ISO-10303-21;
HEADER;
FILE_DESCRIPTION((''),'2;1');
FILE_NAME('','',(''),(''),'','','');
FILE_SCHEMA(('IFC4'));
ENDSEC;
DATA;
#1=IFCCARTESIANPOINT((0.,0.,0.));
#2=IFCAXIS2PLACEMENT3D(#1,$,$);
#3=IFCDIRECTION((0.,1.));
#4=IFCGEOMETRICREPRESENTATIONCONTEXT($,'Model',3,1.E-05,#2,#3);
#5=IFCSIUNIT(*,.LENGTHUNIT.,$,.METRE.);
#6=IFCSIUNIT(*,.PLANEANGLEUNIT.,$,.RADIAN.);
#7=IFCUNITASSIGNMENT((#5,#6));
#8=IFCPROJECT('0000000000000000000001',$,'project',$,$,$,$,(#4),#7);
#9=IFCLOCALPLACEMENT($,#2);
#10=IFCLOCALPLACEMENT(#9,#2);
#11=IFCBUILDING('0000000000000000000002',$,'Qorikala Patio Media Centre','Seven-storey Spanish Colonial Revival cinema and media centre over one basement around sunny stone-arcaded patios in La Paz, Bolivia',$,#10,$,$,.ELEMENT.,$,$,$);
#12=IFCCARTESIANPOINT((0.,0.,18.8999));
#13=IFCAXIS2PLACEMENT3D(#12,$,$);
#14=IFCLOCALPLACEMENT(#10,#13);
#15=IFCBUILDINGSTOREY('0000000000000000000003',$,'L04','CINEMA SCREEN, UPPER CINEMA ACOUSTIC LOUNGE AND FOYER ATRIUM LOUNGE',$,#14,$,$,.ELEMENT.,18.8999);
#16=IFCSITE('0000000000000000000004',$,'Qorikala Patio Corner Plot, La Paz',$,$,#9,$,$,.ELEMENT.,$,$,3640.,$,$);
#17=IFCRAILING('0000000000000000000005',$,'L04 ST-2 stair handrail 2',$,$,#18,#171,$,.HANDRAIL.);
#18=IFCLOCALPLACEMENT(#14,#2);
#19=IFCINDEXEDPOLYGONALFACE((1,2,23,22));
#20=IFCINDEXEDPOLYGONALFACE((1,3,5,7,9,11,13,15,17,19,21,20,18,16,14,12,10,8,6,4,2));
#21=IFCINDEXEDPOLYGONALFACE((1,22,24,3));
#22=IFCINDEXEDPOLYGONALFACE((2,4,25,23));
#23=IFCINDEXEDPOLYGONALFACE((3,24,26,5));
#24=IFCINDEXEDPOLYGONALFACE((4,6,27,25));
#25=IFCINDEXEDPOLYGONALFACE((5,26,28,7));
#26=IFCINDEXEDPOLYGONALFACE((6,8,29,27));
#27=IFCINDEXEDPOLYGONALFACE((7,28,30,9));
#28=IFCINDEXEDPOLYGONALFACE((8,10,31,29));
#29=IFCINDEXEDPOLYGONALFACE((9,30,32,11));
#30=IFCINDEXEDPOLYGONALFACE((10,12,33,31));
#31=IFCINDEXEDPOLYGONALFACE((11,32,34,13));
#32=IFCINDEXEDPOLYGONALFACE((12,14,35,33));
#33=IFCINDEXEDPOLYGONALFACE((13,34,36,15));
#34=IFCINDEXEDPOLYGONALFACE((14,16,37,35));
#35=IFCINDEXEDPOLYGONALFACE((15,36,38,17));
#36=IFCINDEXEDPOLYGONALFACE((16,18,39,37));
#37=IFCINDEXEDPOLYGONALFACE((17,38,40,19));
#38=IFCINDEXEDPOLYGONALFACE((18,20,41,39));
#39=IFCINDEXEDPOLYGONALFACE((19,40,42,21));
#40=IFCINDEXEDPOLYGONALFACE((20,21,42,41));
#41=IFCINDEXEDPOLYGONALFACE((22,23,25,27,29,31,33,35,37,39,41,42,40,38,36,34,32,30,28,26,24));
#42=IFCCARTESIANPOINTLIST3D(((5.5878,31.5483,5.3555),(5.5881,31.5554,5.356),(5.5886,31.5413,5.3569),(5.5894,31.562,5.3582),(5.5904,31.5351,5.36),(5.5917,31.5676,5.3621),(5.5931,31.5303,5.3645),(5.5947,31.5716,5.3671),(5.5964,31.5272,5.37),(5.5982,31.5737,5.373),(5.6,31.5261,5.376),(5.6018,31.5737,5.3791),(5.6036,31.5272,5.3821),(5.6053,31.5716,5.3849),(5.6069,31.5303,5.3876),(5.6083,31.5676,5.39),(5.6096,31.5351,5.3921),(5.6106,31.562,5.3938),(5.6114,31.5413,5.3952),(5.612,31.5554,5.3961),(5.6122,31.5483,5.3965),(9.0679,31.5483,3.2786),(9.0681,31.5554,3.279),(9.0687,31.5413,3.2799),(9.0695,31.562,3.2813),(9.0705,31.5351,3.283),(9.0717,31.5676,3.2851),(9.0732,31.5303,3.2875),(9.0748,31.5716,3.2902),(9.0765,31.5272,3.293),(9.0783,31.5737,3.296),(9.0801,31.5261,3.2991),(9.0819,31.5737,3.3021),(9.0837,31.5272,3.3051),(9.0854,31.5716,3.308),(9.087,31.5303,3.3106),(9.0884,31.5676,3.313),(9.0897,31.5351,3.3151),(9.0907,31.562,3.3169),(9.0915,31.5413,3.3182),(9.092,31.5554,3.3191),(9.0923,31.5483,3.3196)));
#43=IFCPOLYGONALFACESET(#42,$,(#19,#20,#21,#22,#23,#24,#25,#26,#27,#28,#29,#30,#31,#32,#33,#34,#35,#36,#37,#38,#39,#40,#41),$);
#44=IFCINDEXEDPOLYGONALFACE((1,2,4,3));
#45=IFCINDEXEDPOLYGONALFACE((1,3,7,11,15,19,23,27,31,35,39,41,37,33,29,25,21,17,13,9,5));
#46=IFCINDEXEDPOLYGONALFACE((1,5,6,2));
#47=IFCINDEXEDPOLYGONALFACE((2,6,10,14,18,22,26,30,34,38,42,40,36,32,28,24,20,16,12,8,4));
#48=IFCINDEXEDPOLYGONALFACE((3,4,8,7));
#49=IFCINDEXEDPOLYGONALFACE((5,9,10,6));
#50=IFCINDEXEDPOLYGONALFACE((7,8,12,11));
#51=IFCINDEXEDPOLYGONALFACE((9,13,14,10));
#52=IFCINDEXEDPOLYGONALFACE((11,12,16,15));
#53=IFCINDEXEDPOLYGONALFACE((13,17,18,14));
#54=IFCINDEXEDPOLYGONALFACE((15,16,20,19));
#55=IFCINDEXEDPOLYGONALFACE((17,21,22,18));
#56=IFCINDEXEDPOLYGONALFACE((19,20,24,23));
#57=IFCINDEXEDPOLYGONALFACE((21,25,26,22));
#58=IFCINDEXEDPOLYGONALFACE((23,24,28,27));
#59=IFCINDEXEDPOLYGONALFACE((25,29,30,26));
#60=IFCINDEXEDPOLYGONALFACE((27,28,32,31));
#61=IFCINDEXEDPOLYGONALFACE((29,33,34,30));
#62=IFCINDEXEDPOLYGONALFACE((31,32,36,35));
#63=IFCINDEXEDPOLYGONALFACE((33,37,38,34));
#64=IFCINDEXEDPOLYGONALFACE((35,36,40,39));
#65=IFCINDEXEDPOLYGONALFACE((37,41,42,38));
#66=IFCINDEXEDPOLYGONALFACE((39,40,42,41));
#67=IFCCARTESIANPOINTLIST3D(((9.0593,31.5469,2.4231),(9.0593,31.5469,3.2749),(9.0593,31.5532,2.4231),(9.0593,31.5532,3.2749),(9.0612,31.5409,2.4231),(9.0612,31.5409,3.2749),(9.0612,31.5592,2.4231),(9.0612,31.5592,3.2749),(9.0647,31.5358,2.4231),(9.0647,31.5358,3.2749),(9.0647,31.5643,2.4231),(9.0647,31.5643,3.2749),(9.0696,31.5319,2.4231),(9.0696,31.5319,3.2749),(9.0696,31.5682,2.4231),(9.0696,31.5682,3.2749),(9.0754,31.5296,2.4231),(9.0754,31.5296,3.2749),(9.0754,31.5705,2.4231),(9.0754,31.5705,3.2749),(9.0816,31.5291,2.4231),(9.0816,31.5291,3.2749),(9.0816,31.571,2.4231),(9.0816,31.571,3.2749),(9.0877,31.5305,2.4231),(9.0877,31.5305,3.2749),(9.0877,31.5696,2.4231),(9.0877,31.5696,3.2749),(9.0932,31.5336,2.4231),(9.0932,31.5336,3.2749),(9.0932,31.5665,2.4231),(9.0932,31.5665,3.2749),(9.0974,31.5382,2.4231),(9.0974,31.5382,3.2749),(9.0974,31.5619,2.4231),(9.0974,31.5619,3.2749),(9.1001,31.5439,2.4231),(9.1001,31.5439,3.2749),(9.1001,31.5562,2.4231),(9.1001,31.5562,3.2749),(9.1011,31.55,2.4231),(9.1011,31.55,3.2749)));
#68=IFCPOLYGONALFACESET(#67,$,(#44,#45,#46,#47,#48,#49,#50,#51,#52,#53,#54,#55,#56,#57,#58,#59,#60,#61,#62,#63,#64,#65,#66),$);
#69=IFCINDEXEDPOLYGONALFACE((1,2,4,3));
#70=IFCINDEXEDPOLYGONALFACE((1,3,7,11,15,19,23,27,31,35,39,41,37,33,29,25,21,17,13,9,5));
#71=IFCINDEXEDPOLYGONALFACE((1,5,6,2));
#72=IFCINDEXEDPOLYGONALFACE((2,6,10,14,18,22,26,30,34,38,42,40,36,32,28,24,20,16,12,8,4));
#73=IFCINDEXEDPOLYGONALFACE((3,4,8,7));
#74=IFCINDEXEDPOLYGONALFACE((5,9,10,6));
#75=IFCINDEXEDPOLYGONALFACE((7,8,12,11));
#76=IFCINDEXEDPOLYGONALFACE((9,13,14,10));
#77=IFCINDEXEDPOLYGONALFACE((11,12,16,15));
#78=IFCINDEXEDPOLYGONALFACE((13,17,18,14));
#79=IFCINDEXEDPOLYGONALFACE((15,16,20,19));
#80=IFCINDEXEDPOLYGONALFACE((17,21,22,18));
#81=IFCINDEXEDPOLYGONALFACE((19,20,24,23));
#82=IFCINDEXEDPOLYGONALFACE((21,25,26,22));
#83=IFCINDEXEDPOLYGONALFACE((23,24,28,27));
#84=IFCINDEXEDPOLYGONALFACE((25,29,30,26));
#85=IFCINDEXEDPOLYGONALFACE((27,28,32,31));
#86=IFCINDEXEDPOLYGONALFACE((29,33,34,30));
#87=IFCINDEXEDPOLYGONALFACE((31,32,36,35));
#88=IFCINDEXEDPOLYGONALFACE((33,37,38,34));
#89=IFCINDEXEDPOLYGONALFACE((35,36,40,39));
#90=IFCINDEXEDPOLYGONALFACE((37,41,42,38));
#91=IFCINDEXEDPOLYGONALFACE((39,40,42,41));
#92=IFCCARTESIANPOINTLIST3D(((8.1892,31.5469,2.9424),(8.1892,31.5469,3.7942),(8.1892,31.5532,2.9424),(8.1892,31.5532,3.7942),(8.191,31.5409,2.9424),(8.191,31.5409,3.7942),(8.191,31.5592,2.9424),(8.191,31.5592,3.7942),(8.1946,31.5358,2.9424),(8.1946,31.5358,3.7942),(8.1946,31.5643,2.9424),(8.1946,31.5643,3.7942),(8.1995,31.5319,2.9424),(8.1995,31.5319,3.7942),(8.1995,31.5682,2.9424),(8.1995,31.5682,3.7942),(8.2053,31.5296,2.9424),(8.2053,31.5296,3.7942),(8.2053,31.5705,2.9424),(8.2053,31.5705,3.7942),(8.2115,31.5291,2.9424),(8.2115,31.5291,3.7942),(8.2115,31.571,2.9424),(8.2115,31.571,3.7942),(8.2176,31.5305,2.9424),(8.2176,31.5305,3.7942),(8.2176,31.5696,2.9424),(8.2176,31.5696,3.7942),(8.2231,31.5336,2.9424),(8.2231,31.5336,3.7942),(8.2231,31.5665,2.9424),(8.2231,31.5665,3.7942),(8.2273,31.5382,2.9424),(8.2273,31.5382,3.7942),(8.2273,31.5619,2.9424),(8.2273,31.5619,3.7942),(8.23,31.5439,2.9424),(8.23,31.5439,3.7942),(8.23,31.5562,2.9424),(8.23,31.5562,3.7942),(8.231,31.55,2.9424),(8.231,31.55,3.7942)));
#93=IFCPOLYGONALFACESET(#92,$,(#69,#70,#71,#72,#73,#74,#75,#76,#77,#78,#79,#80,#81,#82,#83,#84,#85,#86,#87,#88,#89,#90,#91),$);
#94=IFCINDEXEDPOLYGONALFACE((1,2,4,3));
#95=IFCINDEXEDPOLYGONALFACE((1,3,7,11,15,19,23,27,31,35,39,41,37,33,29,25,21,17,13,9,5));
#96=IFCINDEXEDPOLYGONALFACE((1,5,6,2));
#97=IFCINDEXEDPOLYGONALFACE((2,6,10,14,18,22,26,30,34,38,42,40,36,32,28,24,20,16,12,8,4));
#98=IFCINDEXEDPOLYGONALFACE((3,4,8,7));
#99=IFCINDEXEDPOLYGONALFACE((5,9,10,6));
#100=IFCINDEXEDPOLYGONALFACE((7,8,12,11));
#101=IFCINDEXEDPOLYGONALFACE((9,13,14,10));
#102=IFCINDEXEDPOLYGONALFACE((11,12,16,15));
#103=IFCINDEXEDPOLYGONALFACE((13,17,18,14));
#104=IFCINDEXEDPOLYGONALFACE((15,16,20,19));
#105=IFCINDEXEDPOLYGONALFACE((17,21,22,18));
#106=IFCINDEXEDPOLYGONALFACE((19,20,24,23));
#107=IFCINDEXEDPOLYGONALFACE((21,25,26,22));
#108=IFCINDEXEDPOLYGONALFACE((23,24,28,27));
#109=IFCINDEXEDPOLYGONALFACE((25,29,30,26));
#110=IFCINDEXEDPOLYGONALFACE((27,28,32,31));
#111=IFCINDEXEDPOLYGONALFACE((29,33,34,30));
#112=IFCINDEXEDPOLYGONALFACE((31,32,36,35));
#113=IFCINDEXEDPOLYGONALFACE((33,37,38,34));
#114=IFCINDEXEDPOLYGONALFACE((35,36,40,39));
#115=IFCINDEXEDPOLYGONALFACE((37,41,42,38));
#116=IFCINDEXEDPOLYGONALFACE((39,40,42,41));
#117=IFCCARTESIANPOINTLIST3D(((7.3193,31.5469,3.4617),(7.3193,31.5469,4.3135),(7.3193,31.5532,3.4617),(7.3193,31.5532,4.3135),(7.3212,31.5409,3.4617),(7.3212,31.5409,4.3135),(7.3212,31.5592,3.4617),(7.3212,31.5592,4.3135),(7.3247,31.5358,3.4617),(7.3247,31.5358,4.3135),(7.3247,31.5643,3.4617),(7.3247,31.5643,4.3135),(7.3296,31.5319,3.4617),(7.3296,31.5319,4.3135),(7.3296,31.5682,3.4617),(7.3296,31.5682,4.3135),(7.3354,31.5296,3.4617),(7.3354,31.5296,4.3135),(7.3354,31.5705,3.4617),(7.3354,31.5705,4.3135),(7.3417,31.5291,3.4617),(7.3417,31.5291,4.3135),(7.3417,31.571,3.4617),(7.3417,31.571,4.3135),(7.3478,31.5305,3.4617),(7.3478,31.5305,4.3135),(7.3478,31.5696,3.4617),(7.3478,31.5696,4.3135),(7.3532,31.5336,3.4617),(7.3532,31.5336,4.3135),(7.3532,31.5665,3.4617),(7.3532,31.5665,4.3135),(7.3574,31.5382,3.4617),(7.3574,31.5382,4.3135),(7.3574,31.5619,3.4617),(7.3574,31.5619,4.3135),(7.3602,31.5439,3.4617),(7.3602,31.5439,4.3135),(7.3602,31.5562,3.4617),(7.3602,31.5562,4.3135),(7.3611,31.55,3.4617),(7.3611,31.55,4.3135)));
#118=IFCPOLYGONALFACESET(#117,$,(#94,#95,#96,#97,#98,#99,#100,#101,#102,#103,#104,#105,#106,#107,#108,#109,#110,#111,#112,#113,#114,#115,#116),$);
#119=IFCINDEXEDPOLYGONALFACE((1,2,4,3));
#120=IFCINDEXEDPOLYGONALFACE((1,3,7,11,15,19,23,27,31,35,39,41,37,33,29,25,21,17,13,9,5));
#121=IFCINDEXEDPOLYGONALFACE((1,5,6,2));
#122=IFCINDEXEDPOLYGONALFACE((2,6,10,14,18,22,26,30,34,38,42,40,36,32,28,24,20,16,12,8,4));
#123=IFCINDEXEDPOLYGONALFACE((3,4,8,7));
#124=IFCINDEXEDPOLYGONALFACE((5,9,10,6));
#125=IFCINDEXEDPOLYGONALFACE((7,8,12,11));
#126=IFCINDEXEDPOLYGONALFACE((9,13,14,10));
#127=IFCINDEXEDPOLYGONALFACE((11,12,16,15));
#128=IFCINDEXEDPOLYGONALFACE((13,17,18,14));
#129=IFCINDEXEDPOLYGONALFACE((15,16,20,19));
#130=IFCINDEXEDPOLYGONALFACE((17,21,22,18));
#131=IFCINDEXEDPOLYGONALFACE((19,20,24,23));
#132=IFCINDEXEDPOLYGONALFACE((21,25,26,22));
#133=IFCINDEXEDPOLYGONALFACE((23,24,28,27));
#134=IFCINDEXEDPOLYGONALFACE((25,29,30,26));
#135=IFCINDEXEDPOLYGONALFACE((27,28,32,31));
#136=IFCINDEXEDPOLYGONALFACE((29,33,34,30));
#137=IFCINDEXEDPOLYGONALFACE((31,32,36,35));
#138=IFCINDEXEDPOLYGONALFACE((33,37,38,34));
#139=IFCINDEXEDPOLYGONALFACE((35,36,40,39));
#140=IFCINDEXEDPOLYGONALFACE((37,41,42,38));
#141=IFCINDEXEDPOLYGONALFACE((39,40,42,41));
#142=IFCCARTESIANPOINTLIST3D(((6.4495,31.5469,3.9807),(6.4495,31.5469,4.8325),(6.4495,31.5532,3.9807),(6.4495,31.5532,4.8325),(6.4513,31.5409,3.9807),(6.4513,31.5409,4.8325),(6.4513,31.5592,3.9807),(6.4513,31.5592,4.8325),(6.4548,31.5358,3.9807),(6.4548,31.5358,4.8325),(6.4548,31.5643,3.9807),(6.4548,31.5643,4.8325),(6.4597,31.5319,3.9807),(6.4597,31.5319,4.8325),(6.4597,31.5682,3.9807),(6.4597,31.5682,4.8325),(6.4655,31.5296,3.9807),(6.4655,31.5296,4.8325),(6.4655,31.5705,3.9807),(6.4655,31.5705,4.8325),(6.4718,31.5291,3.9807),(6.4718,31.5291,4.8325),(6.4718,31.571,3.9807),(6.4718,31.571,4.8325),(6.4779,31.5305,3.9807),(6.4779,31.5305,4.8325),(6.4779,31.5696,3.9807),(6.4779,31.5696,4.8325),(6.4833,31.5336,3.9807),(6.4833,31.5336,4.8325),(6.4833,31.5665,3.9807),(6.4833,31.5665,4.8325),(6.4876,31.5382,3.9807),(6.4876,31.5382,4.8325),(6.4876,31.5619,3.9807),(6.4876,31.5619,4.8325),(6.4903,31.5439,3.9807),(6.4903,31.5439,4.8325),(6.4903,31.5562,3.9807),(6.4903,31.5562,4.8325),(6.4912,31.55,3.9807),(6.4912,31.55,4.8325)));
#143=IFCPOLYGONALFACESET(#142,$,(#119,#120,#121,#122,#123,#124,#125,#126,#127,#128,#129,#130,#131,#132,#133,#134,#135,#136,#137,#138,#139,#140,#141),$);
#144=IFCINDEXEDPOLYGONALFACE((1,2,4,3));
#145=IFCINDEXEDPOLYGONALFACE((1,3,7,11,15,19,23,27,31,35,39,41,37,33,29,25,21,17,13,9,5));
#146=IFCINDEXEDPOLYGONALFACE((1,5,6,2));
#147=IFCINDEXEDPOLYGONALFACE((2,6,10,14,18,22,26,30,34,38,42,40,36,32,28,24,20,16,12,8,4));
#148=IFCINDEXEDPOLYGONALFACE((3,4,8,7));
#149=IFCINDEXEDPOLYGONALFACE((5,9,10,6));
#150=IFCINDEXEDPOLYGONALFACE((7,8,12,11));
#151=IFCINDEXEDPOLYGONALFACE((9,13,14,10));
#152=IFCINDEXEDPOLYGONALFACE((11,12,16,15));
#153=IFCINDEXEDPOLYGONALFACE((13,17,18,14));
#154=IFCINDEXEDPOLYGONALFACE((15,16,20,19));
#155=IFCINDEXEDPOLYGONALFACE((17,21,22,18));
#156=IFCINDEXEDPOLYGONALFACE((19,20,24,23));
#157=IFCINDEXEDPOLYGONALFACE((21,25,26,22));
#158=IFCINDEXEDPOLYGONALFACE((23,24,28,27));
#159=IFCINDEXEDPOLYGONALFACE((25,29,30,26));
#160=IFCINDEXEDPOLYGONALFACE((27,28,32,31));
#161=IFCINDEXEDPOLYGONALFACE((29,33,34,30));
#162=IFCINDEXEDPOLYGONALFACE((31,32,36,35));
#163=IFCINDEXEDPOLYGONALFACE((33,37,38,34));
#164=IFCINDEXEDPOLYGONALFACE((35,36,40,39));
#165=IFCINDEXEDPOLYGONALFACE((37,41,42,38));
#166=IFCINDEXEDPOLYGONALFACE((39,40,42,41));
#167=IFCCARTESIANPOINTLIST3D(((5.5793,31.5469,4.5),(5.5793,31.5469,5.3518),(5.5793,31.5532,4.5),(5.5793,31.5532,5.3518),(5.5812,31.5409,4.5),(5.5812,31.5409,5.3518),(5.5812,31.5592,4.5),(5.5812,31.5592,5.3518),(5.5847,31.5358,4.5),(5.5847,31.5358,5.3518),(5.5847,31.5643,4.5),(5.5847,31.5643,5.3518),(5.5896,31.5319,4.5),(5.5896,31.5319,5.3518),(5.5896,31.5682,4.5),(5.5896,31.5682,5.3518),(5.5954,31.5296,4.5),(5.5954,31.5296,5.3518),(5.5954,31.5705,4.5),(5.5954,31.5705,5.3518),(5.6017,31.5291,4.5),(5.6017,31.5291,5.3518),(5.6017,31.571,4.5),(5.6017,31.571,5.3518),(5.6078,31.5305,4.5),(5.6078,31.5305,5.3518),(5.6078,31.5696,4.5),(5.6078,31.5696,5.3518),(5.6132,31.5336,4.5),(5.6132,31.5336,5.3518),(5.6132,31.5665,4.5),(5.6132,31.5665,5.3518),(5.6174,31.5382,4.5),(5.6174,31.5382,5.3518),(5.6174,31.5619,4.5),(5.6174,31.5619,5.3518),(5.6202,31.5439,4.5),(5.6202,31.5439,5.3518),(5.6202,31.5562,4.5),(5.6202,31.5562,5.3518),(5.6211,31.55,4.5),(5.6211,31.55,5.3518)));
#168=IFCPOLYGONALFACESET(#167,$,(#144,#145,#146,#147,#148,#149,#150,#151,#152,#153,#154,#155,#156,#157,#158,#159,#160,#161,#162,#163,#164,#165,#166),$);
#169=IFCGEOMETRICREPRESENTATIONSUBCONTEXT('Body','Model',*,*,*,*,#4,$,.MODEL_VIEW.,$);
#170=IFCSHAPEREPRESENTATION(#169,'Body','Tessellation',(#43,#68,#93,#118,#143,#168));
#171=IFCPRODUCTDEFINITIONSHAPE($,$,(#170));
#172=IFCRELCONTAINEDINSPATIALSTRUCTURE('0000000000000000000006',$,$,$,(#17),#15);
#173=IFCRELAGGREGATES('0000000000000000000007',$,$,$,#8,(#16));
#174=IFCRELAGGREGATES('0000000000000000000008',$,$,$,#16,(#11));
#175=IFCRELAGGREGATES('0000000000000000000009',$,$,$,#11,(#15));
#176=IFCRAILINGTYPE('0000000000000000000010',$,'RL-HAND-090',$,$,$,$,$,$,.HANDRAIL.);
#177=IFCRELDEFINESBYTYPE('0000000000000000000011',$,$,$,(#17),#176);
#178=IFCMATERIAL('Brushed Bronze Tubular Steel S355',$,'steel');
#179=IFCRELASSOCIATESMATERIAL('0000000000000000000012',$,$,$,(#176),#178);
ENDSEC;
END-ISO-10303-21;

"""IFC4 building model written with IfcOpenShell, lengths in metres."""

from ifc_helpers import new_model, si_unit, direction, frame, origin, origin_2d, place, context, subcontext, project, spatial, circle, extrude, material, type_object, element, save


model = new_model("IFC4")

# Units and contexts
model_context = context("Model", 3, precision=1e-05, world=origin(), true_north=direction((0.0, 1.0)))
body_context = subcontext(model_context, "Body", "Model", "MODEL_VIEW")
ifc_project = project(units=[si_unit("LENGTHUNIT", "METRE"), si_unit("PLANEANGLEUNIT", "RADIAN")], contexts=[model_context])

# Site, building, storey
site_placement = place(None, origin())
site = spatial("IfcSite", under=ifc_project, at=site_placement, Name="Qorikala Patio Corner Plot, La Paz", CompositionType="ELEMENT", RefElevation=3640.0)
building_placement = place(site_placement, origin())
building = spatial("IfcBuilding", under=site, at=building_placement, Name="Qorikala Patio Media Centre", Description="Seven-storey Spanish Colonial Revival cinema and media centre over one basement around sunny stone-arcaded patios in La Paz, Bolivia", CompositionType="ELEMENT")
storey_placement = place(building_placement, frame((0.0, 0.0, 18.8999)))
storey = spatial("IfcBuildingStorey", under=building, at=storey_placement, Name="L04", Description="CINEMA SCREEN, UPPER CINEMA ACOUSTIC LOUNGE AND FOYER ATRIUM LOUNGE", CompositionType="ELEMENT", Elevation=18.8999)

# Railing
ifc_material_1 = material(Name="Brushed Bronze Tubular Steel S355", Category="steel")
railing_type_1 = type_object("IfcRailingType", Name="RL-HAND-090", PredefinedType="HANDRAIL", material=ifc_material_1)
railing_1_placement = place(storey_placement, frame((9.0801, 31.55, 2.4231)))
element("IfcRailing", 1, at=railing_1_placement, inside=storey, type_object=railing_type_1, Name="L04 ST-2 stair handrail 2", PredefinedType="HANDRAIL", context=body_context, shape_type="SweptSolid", body=[
    extrude(circle(Radius=0.0239, at=origin_2d()), frame((0.0, 0.0, 0.876), z_axis=(-0.858697, 0.0, 0.512483), x_axis=(0.0, -1.0, 0.0)), (0.0, 0.0, 1.0), 4.0527),
    extrude(circle(Radius=0.021, at=origin_2d()), origin(), (0.0, 0.0, 1.0), 0.8518),
    extrude(circle(Radius=0.021, at=origin_2d()), frame((-0.8701, 0.0, 0.5193)), (0.0, 0.0, 1.0), 0.8518),
    extrude(circle(Radius=0.021, at=origin_2d()), frame((-1.74, 0.0, 1.0386)), (0.0, 0.0, 1.0), 0.8518),
    extrude(circle(Radius=0.021, at=origin_2d()), frame((-2.6099, 0.0, 1.5576)), (0.0, 0.0, 1.0), 0.8518),
    extrude(circle(Radius=0.021, at=origin_2d()), frame((-3.48, 0.0, 2.0769)), (0.0, 0.0, 1.0), 0.8518),
])

save(model, "model.ifc")
